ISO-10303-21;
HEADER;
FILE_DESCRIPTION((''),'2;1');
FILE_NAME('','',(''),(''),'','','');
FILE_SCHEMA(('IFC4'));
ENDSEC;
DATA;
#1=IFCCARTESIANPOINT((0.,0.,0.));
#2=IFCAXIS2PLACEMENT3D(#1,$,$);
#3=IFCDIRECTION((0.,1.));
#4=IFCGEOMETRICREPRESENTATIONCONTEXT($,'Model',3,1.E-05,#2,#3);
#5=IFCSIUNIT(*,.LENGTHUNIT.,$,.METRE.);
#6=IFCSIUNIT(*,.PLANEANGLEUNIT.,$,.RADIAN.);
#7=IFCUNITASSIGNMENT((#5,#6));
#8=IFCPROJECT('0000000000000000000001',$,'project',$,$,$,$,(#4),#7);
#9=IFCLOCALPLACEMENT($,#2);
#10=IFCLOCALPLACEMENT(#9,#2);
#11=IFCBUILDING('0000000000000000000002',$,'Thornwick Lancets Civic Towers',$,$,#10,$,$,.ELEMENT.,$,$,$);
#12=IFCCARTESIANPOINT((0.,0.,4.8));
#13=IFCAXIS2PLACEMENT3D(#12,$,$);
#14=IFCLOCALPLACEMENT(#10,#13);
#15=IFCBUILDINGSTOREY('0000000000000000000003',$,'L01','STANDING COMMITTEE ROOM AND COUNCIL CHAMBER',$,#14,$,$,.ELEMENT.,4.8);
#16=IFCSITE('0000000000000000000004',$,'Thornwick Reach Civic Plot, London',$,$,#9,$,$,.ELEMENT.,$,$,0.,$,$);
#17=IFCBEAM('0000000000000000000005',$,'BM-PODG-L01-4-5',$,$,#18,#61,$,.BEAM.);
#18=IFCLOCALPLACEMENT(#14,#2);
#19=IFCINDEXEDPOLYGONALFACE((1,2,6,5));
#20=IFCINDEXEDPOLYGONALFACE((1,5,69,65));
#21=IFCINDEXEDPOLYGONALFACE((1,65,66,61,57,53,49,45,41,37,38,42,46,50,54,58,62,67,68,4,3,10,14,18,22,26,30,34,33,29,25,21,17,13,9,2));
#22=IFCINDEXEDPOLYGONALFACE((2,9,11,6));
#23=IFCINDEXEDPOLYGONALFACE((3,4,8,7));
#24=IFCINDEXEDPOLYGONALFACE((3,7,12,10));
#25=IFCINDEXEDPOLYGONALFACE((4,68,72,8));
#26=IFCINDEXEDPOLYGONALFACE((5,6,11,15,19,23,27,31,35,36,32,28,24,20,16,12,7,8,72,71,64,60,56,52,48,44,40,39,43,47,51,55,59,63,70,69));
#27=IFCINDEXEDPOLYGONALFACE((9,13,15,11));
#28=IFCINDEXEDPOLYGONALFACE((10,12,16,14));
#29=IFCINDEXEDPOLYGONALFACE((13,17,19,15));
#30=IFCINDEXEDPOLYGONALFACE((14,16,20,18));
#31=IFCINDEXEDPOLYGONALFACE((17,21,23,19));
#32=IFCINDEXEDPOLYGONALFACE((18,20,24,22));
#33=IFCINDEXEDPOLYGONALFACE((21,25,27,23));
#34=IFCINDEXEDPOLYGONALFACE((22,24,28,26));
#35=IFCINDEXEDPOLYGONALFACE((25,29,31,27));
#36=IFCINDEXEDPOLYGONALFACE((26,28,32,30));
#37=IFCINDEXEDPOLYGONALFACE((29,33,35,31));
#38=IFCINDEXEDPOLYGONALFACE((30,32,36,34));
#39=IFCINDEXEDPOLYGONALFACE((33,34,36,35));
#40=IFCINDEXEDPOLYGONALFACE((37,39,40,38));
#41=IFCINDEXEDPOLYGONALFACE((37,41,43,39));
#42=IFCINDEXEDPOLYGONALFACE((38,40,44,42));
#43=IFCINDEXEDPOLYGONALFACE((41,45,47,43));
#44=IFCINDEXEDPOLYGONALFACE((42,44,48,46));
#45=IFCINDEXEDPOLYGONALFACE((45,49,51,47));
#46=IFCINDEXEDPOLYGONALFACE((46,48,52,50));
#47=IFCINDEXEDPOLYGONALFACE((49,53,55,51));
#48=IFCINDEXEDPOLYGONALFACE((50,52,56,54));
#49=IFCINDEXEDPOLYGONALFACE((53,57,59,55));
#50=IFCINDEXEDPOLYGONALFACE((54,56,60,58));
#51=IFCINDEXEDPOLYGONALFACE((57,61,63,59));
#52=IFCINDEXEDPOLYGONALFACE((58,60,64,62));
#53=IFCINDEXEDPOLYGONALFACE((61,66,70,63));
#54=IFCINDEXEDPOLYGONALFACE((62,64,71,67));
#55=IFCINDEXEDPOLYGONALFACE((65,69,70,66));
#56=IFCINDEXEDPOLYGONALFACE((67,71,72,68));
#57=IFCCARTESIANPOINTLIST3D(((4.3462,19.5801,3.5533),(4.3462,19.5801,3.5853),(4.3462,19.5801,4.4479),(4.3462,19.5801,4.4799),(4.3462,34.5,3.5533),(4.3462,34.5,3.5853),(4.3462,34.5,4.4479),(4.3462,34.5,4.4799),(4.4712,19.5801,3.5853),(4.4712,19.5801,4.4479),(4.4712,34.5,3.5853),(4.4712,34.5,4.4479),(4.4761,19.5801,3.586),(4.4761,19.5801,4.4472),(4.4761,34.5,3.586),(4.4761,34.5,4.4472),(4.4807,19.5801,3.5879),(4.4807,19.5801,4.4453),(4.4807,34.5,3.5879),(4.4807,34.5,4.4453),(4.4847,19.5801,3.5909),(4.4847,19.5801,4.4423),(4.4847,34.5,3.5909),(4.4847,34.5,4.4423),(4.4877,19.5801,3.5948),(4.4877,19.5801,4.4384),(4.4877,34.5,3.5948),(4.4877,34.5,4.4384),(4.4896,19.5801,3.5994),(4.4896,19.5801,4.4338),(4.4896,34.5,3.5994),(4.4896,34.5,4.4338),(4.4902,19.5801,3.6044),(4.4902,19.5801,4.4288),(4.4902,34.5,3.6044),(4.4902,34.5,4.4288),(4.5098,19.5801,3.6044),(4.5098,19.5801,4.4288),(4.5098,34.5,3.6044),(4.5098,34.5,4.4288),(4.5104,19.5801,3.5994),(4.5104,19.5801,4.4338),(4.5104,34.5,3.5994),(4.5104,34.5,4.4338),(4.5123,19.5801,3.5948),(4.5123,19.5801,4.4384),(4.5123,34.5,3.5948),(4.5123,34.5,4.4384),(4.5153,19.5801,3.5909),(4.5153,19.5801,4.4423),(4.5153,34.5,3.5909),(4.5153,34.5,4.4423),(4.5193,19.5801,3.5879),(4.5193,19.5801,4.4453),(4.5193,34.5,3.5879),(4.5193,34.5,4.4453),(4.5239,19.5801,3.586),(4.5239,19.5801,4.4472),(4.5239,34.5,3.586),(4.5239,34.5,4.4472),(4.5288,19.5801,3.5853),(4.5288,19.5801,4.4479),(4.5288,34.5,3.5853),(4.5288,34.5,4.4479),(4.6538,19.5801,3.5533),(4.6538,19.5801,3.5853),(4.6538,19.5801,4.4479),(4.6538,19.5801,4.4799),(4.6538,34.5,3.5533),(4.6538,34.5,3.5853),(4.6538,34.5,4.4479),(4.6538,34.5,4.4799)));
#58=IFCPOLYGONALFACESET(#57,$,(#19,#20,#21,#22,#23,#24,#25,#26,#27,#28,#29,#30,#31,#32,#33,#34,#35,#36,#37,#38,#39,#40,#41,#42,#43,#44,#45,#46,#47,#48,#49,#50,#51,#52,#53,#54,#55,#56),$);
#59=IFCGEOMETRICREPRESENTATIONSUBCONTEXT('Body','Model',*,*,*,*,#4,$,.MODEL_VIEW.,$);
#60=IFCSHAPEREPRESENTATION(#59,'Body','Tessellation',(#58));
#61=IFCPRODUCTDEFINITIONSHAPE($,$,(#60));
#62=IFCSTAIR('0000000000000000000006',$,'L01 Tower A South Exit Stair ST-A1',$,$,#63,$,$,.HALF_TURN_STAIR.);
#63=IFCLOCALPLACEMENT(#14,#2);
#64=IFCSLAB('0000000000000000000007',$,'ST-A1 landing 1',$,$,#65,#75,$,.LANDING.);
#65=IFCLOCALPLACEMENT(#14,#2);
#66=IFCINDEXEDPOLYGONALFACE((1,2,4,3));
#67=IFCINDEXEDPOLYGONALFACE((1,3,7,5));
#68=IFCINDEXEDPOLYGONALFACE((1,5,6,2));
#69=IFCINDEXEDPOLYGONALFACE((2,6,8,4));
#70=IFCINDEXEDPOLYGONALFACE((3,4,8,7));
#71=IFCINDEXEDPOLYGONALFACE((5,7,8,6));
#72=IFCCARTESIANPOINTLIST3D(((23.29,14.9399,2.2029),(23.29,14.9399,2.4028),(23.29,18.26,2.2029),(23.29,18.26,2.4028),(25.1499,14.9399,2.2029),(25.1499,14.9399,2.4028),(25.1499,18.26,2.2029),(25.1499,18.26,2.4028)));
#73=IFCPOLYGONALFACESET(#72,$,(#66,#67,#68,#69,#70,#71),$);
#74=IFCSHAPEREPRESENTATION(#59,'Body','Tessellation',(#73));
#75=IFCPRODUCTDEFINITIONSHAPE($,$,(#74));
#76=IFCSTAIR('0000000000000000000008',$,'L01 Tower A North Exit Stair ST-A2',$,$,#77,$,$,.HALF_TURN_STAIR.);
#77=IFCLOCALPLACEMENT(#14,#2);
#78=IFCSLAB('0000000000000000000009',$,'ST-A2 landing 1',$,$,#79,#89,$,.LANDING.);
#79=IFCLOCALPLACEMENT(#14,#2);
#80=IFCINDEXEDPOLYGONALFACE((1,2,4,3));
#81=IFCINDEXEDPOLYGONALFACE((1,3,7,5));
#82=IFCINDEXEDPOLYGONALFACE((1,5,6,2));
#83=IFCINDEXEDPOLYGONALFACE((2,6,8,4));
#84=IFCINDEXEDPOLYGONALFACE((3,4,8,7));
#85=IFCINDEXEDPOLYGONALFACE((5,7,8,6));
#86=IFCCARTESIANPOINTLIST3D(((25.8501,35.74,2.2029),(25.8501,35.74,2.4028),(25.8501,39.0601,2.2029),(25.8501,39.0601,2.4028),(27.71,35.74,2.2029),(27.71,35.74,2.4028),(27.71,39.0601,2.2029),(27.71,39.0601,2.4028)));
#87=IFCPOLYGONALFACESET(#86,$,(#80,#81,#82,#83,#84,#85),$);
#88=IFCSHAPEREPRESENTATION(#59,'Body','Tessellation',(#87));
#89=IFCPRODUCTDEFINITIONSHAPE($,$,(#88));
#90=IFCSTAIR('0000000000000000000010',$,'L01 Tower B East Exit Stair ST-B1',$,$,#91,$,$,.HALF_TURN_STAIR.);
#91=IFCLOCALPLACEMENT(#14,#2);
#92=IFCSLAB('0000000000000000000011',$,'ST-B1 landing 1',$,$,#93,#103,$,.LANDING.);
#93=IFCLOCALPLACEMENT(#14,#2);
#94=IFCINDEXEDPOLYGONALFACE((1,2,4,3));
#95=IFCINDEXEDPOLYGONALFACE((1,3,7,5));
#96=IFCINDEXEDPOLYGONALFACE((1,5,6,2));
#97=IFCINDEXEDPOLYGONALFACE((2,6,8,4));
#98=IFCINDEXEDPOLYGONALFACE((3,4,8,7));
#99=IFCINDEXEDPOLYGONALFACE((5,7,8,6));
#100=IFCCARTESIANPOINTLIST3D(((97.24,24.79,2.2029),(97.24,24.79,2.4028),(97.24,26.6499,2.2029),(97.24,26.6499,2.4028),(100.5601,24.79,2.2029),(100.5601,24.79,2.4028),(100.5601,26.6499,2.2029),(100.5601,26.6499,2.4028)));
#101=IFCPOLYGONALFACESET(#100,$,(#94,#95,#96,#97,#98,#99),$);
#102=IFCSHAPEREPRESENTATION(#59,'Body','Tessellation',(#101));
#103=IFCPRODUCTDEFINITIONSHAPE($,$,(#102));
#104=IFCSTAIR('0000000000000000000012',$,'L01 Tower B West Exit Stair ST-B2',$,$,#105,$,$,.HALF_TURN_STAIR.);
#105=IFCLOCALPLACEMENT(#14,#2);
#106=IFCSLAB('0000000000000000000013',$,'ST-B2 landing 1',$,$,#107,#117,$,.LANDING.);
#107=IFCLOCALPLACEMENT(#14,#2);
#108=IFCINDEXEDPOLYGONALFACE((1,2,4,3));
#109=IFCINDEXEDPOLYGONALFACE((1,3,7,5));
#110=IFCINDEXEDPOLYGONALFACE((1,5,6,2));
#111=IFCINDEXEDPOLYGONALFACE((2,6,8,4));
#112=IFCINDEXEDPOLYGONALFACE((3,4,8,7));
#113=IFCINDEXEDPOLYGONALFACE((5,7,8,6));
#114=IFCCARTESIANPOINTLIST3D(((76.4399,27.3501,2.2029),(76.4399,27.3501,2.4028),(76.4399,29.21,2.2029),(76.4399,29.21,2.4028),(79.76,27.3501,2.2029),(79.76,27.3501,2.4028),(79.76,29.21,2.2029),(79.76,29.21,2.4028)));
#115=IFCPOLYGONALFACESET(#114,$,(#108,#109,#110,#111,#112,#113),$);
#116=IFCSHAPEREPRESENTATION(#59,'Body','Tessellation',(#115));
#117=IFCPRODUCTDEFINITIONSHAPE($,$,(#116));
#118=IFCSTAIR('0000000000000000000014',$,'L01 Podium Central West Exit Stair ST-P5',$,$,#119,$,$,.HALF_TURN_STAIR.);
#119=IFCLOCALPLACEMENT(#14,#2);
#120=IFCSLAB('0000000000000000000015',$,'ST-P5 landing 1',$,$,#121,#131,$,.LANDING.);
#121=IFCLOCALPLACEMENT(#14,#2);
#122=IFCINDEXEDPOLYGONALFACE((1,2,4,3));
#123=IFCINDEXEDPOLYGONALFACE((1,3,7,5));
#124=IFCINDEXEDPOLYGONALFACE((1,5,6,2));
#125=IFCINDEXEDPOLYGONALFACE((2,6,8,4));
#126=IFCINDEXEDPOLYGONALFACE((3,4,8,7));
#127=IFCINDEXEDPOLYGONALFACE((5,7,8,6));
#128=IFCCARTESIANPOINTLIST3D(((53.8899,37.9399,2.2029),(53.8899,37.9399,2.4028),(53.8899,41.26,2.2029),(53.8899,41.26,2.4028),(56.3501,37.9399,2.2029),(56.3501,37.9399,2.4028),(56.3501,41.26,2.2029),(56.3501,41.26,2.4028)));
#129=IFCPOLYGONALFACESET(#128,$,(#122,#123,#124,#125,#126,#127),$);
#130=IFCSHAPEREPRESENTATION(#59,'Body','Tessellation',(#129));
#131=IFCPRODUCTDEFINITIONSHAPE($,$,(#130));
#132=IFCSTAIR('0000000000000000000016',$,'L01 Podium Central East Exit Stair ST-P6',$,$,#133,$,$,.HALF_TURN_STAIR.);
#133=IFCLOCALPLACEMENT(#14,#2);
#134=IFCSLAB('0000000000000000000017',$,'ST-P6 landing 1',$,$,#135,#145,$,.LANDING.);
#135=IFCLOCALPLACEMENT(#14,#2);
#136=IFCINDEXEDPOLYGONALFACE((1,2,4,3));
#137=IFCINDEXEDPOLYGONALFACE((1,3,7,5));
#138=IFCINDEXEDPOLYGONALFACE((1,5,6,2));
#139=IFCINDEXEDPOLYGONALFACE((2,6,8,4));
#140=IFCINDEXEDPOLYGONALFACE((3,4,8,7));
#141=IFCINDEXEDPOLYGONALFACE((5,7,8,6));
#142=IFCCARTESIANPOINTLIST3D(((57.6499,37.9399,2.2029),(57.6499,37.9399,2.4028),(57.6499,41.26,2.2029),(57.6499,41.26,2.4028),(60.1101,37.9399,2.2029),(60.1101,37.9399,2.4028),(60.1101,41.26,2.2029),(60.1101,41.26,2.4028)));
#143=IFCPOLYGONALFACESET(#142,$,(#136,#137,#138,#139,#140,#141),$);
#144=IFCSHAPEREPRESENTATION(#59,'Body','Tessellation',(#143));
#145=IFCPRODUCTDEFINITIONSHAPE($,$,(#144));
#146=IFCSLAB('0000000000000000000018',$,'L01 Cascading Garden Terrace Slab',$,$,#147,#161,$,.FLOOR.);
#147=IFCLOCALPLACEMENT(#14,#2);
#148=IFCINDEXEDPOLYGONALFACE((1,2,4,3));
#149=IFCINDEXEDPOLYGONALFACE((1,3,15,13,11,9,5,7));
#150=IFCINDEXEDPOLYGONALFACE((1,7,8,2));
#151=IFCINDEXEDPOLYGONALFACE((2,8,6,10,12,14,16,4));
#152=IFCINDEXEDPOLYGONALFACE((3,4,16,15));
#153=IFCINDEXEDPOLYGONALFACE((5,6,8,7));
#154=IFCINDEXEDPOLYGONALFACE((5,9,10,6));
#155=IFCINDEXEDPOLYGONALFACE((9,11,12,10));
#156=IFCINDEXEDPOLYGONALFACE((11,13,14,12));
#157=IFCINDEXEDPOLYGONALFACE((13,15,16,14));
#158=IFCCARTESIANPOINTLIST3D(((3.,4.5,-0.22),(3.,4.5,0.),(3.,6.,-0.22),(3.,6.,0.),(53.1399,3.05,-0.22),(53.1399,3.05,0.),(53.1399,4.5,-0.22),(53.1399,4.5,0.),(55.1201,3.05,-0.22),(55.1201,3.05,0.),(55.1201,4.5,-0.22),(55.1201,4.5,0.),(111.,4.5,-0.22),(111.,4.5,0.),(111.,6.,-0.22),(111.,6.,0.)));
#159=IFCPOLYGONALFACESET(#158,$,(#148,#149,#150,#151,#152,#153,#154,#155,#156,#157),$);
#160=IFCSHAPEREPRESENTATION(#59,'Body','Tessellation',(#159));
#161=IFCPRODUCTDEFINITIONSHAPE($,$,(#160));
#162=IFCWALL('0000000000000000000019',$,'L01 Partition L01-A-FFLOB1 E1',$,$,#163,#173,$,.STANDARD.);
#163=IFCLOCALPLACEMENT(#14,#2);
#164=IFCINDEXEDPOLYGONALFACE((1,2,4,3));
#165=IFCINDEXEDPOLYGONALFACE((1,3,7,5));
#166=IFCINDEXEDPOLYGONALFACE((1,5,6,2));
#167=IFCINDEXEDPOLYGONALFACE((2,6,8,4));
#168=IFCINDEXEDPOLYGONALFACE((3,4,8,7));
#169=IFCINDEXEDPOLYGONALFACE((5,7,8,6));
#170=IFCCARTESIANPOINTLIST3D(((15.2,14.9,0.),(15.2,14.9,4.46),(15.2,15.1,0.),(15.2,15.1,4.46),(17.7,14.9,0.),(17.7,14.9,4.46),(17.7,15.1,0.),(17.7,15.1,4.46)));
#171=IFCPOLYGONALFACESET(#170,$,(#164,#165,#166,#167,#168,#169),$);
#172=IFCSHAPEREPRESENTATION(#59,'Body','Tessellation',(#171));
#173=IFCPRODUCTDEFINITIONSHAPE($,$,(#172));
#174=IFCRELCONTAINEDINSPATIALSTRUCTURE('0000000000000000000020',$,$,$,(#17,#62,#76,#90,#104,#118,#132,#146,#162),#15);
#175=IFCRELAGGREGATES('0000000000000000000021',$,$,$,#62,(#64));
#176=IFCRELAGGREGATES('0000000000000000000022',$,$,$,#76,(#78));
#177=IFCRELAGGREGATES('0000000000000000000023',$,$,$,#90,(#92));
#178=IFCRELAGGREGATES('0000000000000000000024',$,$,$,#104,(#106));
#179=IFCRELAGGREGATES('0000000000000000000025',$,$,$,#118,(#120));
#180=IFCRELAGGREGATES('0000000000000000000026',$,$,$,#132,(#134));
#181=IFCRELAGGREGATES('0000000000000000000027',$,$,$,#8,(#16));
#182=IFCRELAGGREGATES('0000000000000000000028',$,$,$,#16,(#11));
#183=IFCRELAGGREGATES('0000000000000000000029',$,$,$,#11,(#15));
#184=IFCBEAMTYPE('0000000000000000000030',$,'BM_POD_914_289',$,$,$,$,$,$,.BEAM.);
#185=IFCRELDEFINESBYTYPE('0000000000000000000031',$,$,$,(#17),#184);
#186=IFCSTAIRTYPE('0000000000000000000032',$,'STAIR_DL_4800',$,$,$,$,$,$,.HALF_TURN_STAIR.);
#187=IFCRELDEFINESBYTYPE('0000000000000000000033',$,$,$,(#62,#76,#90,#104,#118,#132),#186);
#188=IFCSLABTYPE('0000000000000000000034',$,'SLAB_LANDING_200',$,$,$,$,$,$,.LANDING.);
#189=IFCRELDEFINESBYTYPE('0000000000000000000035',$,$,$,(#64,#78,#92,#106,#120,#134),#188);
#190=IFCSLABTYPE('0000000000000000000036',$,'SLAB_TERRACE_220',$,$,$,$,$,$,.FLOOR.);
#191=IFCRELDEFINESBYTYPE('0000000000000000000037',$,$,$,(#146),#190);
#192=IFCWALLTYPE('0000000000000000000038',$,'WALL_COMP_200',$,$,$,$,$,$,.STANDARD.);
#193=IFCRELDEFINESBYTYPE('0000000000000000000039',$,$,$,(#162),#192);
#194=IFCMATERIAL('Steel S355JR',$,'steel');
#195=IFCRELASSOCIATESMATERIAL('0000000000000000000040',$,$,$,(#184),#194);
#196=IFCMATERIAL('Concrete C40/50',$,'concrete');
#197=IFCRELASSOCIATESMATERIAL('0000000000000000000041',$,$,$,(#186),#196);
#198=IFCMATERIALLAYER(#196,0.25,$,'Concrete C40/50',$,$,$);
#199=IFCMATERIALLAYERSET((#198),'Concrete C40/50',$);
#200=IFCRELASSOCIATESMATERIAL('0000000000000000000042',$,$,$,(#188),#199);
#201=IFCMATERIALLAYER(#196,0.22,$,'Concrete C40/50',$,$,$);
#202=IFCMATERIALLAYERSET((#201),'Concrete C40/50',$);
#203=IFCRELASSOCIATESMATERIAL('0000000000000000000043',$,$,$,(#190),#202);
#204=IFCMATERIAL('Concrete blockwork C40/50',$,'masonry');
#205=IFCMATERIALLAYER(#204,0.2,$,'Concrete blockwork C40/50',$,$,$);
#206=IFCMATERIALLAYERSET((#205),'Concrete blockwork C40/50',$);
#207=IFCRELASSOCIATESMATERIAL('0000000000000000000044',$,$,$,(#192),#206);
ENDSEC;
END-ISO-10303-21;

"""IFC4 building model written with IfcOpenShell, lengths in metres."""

from ifc_helpers import new_model, si_unit, direction, frame, frame_2d, origin, origin_2d, place, context, subcontext, project, spatial, polyline, rectangle, i_section, outline, extrude, material, layer, layer_set, material_profile, profile_set, type_object, element, aggregate, save


model = new_model("IFC4")

# Units and contexts
model_context = context("Model", 3, precision=1e-05, world=origin(), true_north=direction((0.0, 1.0)))
body_context = subcontext(model_context, "Body", "Model", "MODEL_VIEW")
ifc_project = project(units=[si_unit("LENGTHUNIT", "METRE"), si_unit("PLANEANGLEUNIT", "RADIAN")], contexts=[model_context])

# Site, building, storey
site_placement = place(None, origin())
site = spatial("IfcSite", under=ifc_project, at=site_placement, Name="Thornwick Reach Civic Plot, London", CompositionType="ELEMENT", RefElevation=0.0)
building_placement = place(site_placement, origin())
building = spatial("IfcBuilding", under=site, at=building_placement, Name="Thornwick Lancets Civic Towers", CompositionType="ELEMENT")
storey_placement = place(building_placement, frame((0.0, 0.0, 4.8)))
storey = spatial("IfcBuildingStorey", under=building, at=storey_placement, Name="L01", Description="STANDING COMMITTEE ROOM AND COUNCIL CHAMBER", CompositionType="ELEMENT", Elevation=4.8)

# Beam
ifc_material_1 = material(Name="Steel S355JR", Category="steel")
ifc_material_profile_1 = material_profile(ifc_material_1, i_section(OverallWidth=0.3076, OverallDepth=0.9265, WebThickness=0.0195, FlangeThickness=0.032, FilletRadius=0.019, at=origin_2d()), Name="UKB 914x305x289")
ifc_profile_set_1 = profile_set([ifc_material_profile_1], Name="Steel S355JR")
beam_type = type_object("IfcBeamType", Name="BM_POD_914_289", PredefinedType="BEAM", material=ifc_profile_set_1)
beam_1_placement = place(storey_placement, frame((4.5, 19.5801, 4.0166), z_axis=(0.0, 1.0, 0.0), x_axis=(-1.0, 0.0, 0.0)))
element("IfcBeam", 1, at=beam_1_placement, inside=storey, type_object=beam_type, Name="BM-PODG-L01-4-5", PredefinedType="BEAM", context=body_context, shape_type="SweptSolid", body=[
    extrude(i_section(OverallWidth=0.3076, OverallDepth=0.9265, WebThickness=0.0195, FlangeThickness=0.032, FilletRadius=0.019, at=origin_2d()), origin(), (0.0, 0.0, 1.0), 14.9199),
])

# Stairs, slabs
ifc_material_2 = material(Name="Concrete C40/50", Category="concrete")
stair_type = type_object("IfcStairType", Name="STAIR_DL_4800", PredefinedType="HALF_TURN_STAIR", material=ifc_material_2)
stair_1_placement = place(storey_placement, origin())
stair_1 = element("IfcStair", 2, at=stair_1_placement, inside=storey, type_object=stair_type, Name="L01 Tower A South Exit Stair ST-A1", PredefinedType="HALF_TURN_STAIR")
ifc_layer_1 = layer(ifc_material_2, 0.25, Name="Concrete C40/50")
ifc_layer_set_1 = layer_set([ifc_layer_1], Name="Concrete C40/50")
slab_type_1 = type_object("IfcSlabType", Name="SLAB_LANDING_200", PredefinedType="LANDING", material=ifc_layer_set_1)
slab_1_placement = place(storey_placement, frame((0.0, 0.0, 2.2029)))
slab_1 = element("IfcSlab", 3, at=slab_1_placement, type_object=slab_type_1, Name="ST-A1 landing 1", PredefinedType="LANDING", context=body_context, shape_type="SweptSolid", body=[
    extrude(outline(polyline([(23.29, 14.9399), (25.1499, 14.9399), (25.1499, 18.26), (23.29, 18.26), (23.29, 14.9399)])), origin(), (0.0, 0.0, 1.0), 0.2),
])
aggregate(stair_1, [slab_1])
stair_2_placement = place(storey_placement, origin())
stair_2 = element("IfcStair", 4, at=stair_2_placement, inside=storey, type_object=stair_type, Name="L01 Tower A North Exit Stair ST-A2", PredefinedType="HALF_TURN_STAIR")
slab_2_placement = place(storey_placement, frame((0.0, 0.0, 2.2029)))
slab_2 = element("IfcSlab", 5, at=slab_2_placement, type_object=slab_type_1, Name="ST-A2 landing 1", PredefinedType="LANDING", context=body_context, shape_type="SweptSolid", body=[
    extrude(outline(polyline([(27.71, 39.0601), (25.8501, 39.0601), (25.8501, 35.74), (27.71, 35.74), (27.71, 39.0601)])), origin(), (0.0, 0.0, 1.0), 0.2),
])
aggregate(stair_2, [slab_2])
stair_3_placement = place(storey_placement, origin())
stair_3 = element("IfcStair", 6, at=stair_3_placement, inside=storey, type_object=stair_type, Name="L01 Tower B East Exit Stair ST-B1", PredefinedType="HALF_TURN_STAIR")
slab_3_placement = place(storey_placement, frame((0.0, 0.0, 2.2029)))
slab_3 = element("IfcSlab", 7, at=slab_3_placement, type_object=slab_type_1, Name="ST-B1 landing 1", PredefinedType="LANDING", context=body_context, shape_type="SweptSolid", body=[
    extrude(outline(polyline([(100.5601, 24.79), (100.5601, 26.6499), (97.24, 26.6499), (97.24, 24.79), (100.5601, 24.79)])), origin(), (0.0, 0.0, 1.0), 0.2),
])
aggregate(stair_3, [slab_3])
stair_4_placement = place(storey_placement, origin())
stair_4 = element("IfcStair", 8, at=stair_4_placement, inside=storey, type_object=stair_type, Name="L01 Tower B West Exit Stair ST-B2", PredefinedType="HALF_TURN_STAIR")
slab_4_placement = place(storey_placement, frame((0.0, 0.0, 2.2029)))
slab_4 = element("IfcSlab", 9, at=slab_4_placement, type_object=slab_type_1, Name="ST-B2 landing 1", PredefinedType="LANDING", context=body_context, shape_type="SweptSolid", body=[
    extrude(outline(polyline([(76.4399, 29.21), (76.4399, 27.3501), (79.76, 27.3501), (79.76, 29.21), (76.4399, 29.21)])), origin(), (0.0, 0.0, 1.0), 0.2),
])
aggregate(stair_4, [slab_4])
stair_5_placement = place(storey_placement, origin())
stair_5 = element("IfcStair", 10, at=stair_5_placement, inside=storey, type_object=stair_type, Name="L01 Podium Central West Exit Stair ST-P5", PredefinedType="HALF_TURN_STAIR")
slab_5_placement = place(storey_placement, frame((0.0, 0.0, 2.2029)))
slab_5 = element("IfcSlab", 11, at=slab_5_placement, type_object=slab_type_1, Name="ST-P5 landing 1", PredefinedType="LANDING", context=body_context, shape_type="SweptSolid", body=[
    extrude(outline(polyline([(53.8899, 37.9399), (56.3501, 37.9399), (56.3501, 41.26), (53.8899, 41.26), (53.8899, 37.9399)])), origin(), (0.0, 0.0, 1.0), 0.2),
])
aggregate(stair_5, [slab_5])
stair_6_placement = place(storey_placement, origin())
stair_6 = element("IfcStair", 12, at=stair_6_placement, inside=storey, type_object=stair_type, Name="L01 Podium Central East Exit Stair ST-P6", PredefinedType="HALF_TURN_STAIR")
slab_6_placement = place(storey_placement, frame((0.0, 0.0, 2.2029)))
slab_6 = element("IfcSlab", 13, at=slab_6_placement, type_object=slab_type_1, Name="ST-P6 landing 1", PredefinedType="LANDING", context=body_context, shape_type="SweptSolid", body=[
    extrude(outline(polyline([(60.1101, 41.26), (57.6499, 41.26), (57.6499, 37.9399), (60.1101, 37.9399), (60.1101, 41.26)])), origin(), (0.0, 0.0, 1.0), 0.2),
])
aggregate(stair_6, [slab_6])

# Slab
ifc_layer_2 = layer(ifc_material_2, 0.22, Name="Concrete C40/50")
ifc_layer_set_2 = layer_set([ifc_layer_2], Name="Concrete C40/50")
slab_type_2 = type_object("IfcSlabType", Name="SLAB_TERRACE_220", PredefinedType="FLOOR", material=ifc_layer_set_2)
slab_7_placement = place(storey_placement, frame((0.0, 0.0, -0.22)))
element("IfcSlab", 14, at=slab_7_placement, inside=storey, type_object=slab_type_2, Name="L01 Cascading Garden Terrace Slab", PredefinedType="FLOOR", context=body_context, shape_type="SweptSolid", body=[
    extrude(outline(polyline([(3.0, 4.5), (3.0, 6.0), (111.0, 6.0), (111.0, 4.5), (55.1201, 4.5), (55.1201, 3.05), (53.1399, 3.05), (53.1399, 4.5), (3.0, 4.5)])), origin(), (0.0, 0.0, 1.0), 0.22),
])

# Wall
ifc_material_3 = material(Name="Concrete blockwork C40/50", Category="masonry")
ifc_layer_3 = layer(ifc_material_3, 0.2, Name="Concrete blockwork C40/50")
ifc_layer_set_3 = layer_set([ifc_layer_3], Name="Concrete blockwork C40/50")
wall_type_1 = type_object("IfcWallType", Name="WALL_COMP_200", PredefinedType="STANDARD", material=ifc_layer_set_3)
wall_1_placement = place(storey_placement, frame((15.2, 15.0, 0.0), z_axis=(0.0, 0.0, 1.0), x_axis=(1.0, 0.0, 0.0)))
element("IfcWall", 15, at=wall_1_placement, inside=storey, type_object=wall_type_1, Name="L01 Partition L01-A-FFLOB1 E1", PredefinedType="STANDARD", context=body_context, shape_type="SweptSolid", body=[
    extrude(rectangle(XDim=2.5, YDim=0.2, at=frame_2d((1.25, 0.0))), origin(), (0.0, 0.0, 1.0), 4.46),
])

save(model, "model.ifc")
